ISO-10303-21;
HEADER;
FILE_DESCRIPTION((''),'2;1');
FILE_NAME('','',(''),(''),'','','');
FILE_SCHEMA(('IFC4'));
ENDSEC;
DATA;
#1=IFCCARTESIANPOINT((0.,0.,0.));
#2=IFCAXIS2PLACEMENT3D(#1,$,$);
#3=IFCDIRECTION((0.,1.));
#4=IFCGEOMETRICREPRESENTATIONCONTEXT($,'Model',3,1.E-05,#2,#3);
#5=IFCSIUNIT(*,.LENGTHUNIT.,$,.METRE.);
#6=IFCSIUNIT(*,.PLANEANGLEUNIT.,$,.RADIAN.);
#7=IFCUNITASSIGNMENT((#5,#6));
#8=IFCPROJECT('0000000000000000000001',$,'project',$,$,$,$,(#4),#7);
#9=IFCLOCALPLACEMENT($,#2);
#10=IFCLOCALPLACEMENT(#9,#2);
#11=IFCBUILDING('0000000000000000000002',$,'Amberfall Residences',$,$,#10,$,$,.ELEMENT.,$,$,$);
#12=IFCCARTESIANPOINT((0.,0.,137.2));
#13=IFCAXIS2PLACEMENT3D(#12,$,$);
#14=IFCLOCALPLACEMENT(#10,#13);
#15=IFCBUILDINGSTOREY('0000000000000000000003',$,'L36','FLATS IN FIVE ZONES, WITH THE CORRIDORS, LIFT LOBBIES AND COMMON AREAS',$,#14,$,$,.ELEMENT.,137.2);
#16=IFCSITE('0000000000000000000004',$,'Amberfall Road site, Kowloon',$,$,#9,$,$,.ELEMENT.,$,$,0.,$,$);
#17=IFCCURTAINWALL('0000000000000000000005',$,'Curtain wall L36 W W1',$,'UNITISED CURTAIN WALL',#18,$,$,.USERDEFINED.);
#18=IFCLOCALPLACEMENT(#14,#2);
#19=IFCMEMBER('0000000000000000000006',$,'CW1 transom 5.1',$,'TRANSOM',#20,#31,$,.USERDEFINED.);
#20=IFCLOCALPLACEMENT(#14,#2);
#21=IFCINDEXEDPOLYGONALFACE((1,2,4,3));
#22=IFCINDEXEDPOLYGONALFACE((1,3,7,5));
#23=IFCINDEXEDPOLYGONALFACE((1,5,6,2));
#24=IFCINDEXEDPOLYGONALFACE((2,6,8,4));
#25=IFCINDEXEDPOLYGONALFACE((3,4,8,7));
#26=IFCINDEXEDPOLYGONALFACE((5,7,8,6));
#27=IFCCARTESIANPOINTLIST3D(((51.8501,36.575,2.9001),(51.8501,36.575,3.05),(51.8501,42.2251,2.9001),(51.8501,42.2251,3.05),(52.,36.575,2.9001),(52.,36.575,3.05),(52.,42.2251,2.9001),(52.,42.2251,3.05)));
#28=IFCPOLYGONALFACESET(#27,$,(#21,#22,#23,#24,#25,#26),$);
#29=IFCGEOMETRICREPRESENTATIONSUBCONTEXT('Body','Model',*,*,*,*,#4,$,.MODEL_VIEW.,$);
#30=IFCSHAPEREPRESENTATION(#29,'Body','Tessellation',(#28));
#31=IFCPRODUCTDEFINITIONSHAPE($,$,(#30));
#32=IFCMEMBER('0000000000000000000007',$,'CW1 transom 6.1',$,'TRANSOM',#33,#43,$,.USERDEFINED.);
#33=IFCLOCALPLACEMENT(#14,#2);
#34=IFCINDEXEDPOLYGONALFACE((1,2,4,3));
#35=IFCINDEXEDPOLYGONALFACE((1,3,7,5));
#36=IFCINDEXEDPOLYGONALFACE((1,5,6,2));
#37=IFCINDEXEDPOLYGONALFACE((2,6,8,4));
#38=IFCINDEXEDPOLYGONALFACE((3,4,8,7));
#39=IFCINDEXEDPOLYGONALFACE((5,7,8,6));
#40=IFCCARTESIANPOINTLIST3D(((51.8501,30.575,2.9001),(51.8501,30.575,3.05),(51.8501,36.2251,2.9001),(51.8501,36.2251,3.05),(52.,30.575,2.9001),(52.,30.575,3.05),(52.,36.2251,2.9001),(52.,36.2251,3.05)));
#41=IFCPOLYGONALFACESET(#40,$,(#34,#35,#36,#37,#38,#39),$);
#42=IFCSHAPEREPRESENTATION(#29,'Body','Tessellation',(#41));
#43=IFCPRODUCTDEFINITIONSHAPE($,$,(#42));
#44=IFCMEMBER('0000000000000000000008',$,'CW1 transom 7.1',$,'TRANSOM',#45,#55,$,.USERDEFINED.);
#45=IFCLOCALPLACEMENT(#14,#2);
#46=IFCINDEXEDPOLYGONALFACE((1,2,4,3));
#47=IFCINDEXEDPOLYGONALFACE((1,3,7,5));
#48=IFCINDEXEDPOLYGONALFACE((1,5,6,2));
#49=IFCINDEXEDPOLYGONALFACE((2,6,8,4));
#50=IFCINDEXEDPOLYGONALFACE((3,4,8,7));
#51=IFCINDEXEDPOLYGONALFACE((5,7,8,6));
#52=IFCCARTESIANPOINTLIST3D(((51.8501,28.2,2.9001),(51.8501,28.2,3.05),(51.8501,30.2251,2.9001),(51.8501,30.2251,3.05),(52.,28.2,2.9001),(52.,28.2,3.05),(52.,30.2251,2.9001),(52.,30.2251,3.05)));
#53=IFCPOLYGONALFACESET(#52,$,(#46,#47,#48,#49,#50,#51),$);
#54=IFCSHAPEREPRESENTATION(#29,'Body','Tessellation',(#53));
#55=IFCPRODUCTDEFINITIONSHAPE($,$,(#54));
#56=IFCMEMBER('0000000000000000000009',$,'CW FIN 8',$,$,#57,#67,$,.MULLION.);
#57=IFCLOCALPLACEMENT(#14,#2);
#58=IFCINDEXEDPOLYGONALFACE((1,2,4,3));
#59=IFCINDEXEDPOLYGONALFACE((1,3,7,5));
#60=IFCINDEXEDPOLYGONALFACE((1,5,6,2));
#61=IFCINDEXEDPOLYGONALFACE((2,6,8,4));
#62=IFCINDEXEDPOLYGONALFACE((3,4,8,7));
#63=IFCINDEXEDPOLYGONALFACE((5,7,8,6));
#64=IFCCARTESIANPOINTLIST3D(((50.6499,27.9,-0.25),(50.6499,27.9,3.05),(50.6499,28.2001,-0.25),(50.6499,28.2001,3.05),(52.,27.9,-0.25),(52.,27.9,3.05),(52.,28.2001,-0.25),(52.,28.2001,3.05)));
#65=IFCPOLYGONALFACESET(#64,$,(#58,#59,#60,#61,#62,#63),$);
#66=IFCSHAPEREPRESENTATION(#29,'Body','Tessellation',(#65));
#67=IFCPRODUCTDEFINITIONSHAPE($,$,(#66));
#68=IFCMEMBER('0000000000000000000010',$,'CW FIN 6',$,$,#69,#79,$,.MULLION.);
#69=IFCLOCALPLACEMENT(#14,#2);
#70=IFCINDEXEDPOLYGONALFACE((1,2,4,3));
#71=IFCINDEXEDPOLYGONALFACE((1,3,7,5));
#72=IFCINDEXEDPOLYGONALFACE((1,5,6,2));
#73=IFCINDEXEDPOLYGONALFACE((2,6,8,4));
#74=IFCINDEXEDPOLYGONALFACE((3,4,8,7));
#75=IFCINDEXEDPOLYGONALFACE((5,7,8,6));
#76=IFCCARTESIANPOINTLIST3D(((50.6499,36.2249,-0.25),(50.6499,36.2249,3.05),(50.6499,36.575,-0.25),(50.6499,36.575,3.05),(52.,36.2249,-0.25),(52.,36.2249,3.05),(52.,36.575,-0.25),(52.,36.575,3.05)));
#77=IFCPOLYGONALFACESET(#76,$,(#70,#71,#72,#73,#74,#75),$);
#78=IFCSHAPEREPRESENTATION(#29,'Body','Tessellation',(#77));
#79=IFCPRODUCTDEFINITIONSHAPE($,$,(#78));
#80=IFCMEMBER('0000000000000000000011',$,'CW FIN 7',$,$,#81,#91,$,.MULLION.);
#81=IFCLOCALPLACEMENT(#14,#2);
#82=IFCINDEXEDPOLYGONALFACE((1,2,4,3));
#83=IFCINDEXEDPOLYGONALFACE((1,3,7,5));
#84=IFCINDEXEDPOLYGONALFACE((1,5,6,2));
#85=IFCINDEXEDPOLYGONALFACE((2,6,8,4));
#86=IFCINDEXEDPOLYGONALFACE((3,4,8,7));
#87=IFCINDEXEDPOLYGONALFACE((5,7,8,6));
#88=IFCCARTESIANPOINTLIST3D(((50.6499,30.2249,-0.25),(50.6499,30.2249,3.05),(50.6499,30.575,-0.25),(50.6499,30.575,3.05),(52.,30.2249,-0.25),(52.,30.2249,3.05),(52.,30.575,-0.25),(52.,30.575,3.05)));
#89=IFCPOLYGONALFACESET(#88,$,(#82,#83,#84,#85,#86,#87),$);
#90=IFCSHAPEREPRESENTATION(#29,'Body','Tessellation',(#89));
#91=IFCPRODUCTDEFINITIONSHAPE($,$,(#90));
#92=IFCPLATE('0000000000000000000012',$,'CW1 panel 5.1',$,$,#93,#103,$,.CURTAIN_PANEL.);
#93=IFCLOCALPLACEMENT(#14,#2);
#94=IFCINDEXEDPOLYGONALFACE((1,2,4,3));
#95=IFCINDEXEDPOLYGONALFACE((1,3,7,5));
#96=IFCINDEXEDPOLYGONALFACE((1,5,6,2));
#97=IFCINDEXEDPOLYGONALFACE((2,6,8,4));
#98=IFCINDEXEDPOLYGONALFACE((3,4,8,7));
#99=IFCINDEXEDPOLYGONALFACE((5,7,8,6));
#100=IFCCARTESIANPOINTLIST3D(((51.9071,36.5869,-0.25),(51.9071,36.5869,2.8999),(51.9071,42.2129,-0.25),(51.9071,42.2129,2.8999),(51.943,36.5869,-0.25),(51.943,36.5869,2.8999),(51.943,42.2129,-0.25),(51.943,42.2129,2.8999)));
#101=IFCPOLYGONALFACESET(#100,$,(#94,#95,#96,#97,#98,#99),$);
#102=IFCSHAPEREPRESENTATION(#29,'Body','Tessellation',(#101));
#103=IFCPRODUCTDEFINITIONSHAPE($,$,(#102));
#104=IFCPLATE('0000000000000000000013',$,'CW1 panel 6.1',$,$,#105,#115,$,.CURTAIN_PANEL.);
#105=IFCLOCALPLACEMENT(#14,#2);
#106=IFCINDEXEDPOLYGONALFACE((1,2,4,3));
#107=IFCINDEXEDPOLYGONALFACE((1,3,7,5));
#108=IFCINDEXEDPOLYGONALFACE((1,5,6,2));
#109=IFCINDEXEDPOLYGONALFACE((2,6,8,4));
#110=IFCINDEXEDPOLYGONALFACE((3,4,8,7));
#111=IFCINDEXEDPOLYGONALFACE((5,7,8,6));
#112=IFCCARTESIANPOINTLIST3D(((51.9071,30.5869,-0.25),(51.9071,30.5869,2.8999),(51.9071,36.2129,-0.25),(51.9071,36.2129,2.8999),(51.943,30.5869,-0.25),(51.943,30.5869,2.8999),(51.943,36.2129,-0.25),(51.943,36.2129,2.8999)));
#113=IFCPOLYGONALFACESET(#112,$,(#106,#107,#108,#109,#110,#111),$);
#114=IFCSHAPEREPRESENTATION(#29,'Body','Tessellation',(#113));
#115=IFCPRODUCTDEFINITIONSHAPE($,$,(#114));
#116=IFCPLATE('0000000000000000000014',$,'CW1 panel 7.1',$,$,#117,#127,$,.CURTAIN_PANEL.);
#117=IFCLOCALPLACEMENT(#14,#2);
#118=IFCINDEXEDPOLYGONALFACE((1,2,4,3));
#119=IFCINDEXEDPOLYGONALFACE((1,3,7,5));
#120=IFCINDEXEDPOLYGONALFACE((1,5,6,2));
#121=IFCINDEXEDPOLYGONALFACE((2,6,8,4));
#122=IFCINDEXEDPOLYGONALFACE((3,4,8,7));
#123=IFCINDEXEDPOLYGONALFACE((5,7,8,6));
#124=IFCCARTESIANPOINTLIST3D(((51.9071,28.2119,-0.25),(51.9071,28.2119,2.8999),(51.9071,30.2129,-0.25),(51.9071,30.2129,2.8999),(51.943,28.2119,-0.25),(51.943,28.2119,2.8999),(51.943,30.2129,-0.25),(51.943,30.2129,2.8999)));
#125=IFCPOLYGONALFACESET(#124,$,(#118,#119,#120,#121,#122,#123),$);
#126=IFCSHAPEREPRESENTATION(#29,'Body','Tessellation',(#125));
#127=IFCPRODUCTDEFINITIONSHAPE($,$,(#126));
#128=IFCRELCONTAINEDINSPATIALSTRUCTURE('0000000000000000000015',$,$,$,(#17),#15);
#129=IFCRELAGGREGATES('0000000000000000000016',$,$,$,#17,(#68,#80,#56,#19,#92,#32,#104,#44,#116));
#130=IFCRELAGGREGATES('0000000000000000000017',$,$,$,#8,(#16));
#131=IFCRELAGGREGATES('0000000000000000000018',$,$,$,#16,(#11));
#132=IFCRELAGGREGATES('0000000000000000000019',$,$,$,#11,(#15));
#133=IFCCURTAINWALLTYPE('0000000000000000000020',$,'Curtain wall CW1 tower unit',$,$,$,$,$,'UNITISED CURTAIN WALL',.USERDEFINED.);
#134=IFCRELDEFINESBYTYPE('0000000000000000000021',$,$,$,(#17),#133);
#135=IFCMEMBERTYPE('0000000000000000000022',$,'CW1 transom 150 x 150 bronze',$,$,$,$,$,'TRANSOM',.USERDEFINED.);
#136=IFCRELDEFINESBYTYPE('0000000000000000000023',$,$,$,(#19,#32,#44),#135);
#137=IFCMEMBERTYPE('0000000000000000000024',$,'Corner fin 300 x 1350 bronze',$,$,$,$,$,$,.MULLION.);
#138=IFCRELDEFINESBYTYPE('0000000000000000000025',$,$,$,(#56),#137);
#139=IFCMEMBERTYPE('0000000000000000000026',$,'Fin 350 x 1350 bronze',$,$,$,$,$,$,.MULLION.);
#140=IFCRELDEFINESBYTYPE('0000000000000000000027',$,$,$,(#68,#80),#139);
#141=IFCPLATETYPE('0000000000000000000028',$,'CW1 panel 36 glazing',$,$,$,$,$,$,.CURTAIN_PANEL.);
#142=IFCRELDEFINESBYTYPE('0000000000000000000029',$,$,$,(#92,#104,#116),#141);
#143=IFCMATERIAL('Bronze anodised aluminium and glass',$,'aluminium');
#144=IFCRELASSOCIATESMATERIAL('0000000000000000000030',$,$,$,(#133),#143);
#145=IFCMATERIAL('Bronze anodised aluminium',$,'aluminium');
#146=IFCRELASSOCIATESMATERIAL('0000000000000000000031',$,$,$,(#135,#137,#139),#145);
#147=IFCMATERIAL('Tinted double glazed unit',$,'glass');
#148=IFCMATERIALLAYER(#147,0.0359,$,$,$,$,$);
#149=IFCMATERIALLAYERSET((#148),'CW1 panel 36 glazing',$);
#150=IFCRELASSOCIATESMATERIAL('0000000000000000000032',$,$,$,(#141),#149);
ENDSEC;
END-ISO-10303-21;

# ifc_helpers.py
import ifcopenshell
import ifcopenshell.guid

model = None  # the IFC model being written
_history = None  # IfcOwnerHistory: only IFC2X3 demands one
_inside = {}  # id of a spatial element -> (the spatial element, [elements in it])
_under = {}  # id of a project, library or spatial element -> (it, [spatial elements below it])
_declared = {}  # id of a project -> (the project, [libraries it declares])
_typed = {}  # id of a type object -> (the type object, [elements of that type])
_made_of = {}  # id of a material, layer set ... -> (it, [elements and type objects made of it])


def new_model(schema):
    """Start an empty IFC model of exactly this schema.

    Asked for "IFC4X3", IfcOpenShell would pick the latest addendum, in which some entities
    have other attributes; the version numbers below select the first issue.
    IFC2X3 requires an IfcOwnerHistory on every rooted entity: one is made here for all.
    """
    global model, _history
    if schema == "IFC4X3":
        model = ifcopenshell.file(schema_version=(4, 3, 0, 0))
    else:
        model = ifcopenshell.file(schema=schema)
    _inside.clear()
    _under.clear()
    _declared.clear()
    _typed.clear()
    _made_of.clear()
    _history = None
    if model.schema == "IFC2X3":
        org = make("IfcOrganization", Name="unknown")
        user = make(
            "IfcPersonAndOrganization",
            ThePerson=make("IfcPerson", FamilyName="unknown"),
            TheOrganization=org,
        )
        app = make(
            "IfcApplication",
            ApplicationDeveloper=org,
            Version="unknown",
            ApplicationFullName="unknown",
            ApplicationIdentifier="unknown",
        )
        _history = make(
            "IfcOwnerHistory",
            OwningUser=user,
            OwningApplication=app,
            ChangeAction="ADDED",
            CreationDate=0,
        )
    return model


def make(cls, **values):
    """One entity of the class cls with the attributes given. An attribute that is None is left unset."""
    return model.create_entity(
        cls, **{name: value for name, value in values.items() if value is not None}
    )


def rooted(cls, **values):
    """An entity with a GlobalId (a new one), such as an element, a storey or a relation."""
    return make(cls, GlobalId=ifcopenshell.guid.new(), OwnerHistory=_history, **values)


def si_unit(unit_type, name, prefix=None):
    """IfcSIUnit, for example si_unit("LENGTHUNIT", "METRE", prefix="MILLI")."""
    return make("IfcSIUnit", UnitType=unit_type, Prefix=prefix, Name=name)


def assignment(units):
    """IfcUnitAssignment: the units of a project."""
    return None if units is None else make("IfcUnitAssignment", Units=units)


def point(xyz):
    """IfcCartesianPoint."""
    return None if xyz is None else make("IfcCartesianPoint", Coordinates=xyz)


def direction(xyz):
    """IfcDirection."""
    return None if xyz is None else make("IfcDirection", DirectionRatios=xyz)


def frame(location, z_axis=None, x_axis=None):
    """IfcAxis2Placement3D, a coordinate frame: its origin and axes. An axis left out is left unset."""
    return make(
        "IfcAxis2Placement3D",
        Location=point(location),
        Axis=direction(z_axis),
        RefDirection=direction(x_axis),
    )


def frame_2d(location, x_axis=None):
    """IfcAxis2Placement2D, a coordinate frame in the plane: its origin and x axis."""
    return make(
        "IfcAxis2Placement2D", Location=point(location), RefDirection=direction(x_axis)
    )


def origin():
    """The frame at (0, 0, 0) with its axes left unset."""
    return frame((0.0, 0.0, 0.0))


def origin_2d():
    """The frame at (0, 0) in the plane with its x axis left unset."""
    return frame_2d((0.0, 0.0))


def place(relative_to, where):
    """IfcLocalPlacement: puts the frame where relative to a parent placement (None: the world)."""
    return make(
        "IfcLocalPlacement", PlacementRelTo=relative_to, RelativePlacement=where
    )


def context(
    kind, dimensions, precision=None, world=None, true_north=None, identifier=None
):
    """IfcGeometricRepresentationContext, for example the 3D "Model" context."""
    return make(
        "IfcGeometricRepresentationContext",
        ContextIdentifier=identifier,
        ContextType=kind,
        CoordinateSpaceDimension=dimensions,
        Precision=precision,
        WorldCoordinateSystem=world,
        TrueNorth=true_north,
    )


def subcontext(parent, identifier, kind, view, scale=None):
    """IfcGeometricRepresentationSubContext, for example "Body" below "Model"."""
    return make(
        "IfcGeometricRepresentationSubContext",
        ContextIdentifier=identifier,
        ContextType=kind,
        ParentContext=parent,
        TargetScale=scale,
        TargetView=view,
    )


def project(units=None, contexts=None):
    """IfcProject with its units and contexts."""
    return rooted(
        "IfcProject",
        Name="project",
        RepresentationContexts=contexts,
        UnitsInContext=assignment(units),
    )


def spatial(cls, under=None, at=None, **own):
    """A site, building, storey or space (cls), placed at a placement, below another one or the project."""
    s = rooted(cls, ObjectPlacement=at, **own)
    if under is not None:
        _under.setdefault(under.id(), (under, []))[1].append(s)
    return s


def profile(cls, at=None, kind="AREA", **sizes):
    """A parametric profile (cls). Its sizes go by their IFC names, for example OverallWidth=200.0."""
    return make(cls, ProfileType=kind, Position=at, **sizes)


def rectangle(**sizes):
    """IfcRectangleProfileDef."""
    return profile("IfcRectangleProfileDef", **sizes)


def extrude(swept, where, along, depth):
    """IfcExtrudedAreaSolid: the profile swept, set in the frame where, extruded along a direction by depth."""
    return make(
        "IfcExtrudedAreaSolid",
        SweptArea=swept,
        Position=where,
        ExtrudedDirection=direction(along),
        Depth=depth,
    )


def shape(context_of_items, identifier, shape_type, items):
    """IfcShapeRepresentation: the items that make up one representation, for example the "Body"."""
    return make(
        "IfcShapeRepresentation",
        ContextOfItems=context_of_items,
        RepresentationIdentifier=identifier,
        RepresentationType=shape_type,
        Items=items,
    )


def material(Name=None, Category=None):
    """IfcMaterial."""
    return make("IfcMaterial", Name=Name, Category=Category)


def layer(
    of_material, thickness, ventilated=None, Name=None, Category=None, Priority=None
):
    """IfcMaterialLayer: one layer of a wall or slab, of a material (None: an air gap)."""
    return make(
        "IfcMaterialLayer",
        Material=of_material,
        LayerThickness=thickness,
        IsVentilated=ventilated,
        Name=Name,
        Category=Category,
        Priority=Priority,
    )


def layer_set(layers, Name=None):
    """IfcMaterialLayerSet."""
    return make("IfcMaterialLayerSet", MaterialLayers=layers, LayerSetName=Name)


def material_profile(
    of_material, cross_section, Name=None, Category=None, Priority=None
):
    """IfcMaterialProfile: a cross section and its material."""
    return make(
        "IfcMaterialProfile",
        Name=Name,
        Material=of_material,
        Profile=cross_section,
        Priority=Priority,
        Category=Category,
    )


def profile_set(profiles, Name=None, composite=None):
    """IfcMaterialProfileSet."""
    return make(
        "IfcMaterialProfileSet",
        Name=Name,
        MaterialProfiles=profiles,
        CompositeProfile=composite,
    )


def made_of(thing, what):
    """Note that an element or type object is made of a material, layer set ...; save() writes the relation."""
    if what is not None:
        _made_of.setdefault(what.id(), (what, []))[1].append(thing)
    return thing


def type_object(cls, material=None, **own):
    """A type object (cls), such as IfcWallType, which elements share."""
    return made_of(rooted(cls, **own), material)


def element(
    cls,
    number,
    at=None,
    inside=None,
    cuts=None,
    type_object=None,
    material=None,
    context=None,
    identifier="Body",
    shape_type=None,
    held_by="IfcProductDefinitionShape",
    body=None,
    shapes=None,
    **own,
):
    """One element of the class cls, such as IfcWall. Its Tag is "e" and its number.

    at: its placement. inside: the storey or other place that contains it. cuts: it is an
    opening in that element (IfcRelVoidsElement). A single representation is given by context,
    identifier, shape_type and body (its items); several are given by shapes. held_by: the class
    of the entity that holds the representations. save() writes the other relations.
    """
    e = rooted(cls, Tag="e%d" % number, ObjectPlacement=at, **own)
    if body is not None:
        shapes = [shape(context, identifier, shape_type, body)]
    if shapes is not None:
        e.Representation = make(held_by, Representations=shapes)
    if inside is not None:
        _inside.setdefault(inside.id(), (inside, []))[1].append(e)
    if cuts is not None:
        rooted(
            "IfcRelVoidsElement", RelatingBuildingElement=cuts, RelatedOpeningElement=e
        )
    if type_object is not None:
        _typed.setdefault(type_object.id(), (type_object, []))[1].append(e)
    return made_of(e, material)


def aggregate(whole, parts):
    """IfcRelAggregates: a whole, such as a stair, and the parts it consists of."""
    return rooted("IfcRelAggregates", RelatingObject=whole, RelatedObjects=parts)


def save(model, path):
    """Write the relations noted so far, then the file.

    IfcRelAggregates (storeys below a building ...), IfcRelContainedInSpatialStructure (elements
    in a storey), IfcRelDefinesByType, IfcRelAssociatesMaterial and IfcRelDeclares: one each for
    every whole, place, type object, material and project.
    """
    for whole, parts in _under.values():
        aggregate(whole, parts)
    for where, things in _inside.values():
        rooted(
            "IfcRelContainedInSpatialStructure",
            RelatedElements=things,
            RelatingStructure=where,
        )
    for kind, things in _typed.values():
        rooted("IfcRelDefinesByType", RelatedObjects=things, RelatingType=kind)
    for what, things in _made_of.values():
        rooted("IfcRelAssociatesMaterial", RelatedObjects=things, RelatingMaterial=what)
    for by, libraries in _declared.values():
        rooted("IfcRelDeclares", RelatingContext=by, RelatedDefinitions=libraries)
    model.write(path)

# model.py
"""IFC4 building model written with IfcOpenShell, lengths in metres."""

from ifc_helpers import new_model, si_unit, direction, frame, origin, origin_2d, place, context, subcontext, project, spatial, rectangle, extrude, material, layer, layer_set, material_profile, profile_set, type_object, element, aggregate, save


model = new_model("IFC4")

# Units and contexts
model_context = context("Model", 3, precision=1e-05, world=origin(), true_north=direction((0.0, 1.0)))
body_context = subcontext(model_context, "Body", "Model", "MODEL_VIEW")
ifc_project = project(units=[si_unit("LENGTHUNIT", "METRE"), si_unit("PLANEANGLEUNIT", "RADIAN")], contexts=[model_context])

# Site, building, storey
site_placement = place(None, origin())
site = spatial("IfcSite", under=ifc_project, at=site_placement, Name="Amberfall Road site, Kowloon", CompositionType="ELEMENT", RefElevation=0.0)
building_placement = place(site_placement, origin())
building = spatial("IfcBuilding", under=site, at=building_placement, Name="Amberfall Residences", CompositionType="ELEMENT")
storey_placement = place(building_placement, frame((0.0, 0.0, 137.2)))
storey = spatial("IfcBuildingStorey", under=building, at=storey_placement, Name="L36", Description="FLATS IN FIVE ZONES, WITH THE CORRIDORS, LIFT LOBBIES AND COMMON AREAS", CompositionType="ELEMENT", Elevation=137.2)

# Curtain wall, members, plates
ifc_material_1 = material(Name="Bronze anodised aluminium and glass", Category="aluminium")
curtain_wall_type = type_object("IfcCurtainWallType", Name="Curtain wall CW1 tower unit", ElementType="UNITISED CURTAIN WALL", PredefinedType="USERDEFINED", material=ifc_material_1)
curtain_wall_placement = place(storey_placement, origin())
curtain_wall = element("IfcCurtainWall", 1, at=curtain_wall_placement, inside=storey, type_object=curtain_wall_type, Name="Curtain wall L36 W W1", ObjectType="UNITISED CURTAIN WALL", PredefinedType="USERDEFINED")
ifc_material_2 = material(Name="Bronze anodised aluminium", Category="aluminium")
ifc_material_profile_1 = material_profile(ifc_material_2, rectangle(XDim=0.1499, YDim=0.1499, at=origin_2d()), Name="CW1 transom 150 x 150 bronze")
ifc_profile_set_1 = profile_set([ifc_material_profile_1], Name="Bronze anodised aluminium")
member_type_1 = type_object("IfcMemberType", Name="CW1 transom 150 x 150 bronze", ElementType="TRANSOM", PredefinedType="USERDEFINED", material=ifc_profile_set_1)
member_1_placement = place(storey_placement, frame((51.925, 42.2251, 2.9751), z_axis=(0.0, -1.0, 0.0), x_axis=(1.0, 0.0, 0.0)))
member_1 = element("IfcMember", 2, at=member_1_placement, type_object=member_type_1, Name="CW1 transom 5.1", ObjectType="TRANSOM", PredefinedType="USERDEFINED", context=body_context, shape_type="SweptSolid", body=[
    extrude(rectangle(XDim=0.1499, YDim=0.1499, at=origin_2d()), origin(), (0.0, 0.0, 1.0), 5.6501),
])
member_2_placement = place(storey_placement, frame((51.925, 36.2251, 2.9751), z_axis=(0.0, -1.0, 0.0), x_axis=(1.0, 0.0, 0.0)))
member_2 = element("IfcMember", 3, at=member_2_placement, type_object=member_type_1, Name="CW1 transom 6.1", ObjectType="TRANSOM", PredefinedType="USERDEFINED", context=body_context, shape_type="SweptSolid", body=[
    extrude(rectangle(XDim=0.1499, YDim=0.1499, at=origin_2d()), origin(), (0.0, 0.0, 1.0), 5.6501),
])
member_3_placement = place(storey_placement, frame((51.925, 30.2251, 2.9751), z_axis=(0.0, -1.0, 0.0), x_axis=(1.0, 0.0, 0.0)))
member_3 = element("IfcMember", 4, at=member_3_placement, type_object=member_type_1, Name="CW1 transom 7.1", ObjectType="TRANSOM", PredefinedType="USERDEFINED", context=body_context, shape_type="SweptSolid", body=[
    extrude(rectangle(XDim=0.1499, YDim=0.1499, at=origin_2d()), origin(), (0.0, 0.0, 1.0), 2.0251),
])
ifc_material_profile_2 = material_profile(ifc_material_2, rectangle(XDim=1.3501, YDim=0.3, at=origin_2d()), Name="Corner fin 300 x 1350 bronze")
ifc_profile_set_2 = profile_set([ifc_material_profile_2], Name="Bronze anodised aluminium")
member_type_2 = type_object("IfcMemberType", Name="Corner fin 300 x 1350 bronze", PredefinedType="MULLION", material=ifc_profile_set_2)
member_4_placement = place(storey_placement, frame((51.325, 28.05, -0.25), z_axis=(0.0, 0.0, 1.0), x_axis=(1.0, 0.0, 0.0)))
member_4 = element("IfcMember", 5, at=member_4_placement, type_object=member_type_2, Name="CW FIN 8", PredefinedType="MULLION", context=body_context, shape_type="SweptSolid", body=[
    extrude(rectangle(XDim=1.3501, YDim=0.3, at=origin_2d()), origin(), (0.0, 0.0, 1.0), 3.3),
])
ifc_material_profile_3 = material_profile(ifc_material_2, rectangle(XDim=1.3501, YDim=0.3501, at=origin_2d()), Name="Fin 350 x 1350 bronze")
ifc_profile_set_3 = profile_set([ifc_material_profile_3], Name="Bronze anodised aluminium")
member_type_3 = type_object("IfcMemberType", Name="Fin 350 x 1350 bronze", PredefinedType="MULLION", material=ifc_profile_set_3)
member_5_placement = place(storey_placement, frame((51.325, 36.3999, -0.25), z_axis=(0.0, 0.0, 1.0), x_axis=(1.0, 0.0, 0.0)))
member_5 = element("IfcMember", 6, at=member_5_placement, type_object=member_type_3, Name="CW FIN 6", PredefinedType="MULLION", context=body_context, shape_type="SweptSolid", body=[
    extrude(rectangle(XDim=1.3501, YDim=0.3501, at=origin_2d()), origin(), (0.0, 0.0, 1.0), 3.3),
])
member_6_placement = place(storey_placement, frame((51.325, 30.3999, -0.25), z_axis=(0.0, 0.0, 1.0), x_axis=(1.0, 0.0, 0.0)))
member_6 = element("IfcMember", 7, at=member_6_placement, type_object=member_type_3, Name="CW FIN 7", PredefinedType="MULLION", context=body_context, shape_type="SweptSolid", body=[
    extrude(rectangle(XDim=1.3501, YDim=0.3501, at=origin_2d()), origin(), (0.0, 0.0, 1.0), 3.3),
])
ifc_material_3 = material(Name="Tinted double glazed unit", Category="glass")
ifc_layer_1 = layer(ifc_material_3, 0.0359)
ifc_layer_set_1 = layer_set([ifc_layer_1], Name="CW1 panel 36 glazing")
plate_type = type_object("IfcPlateType", Name="CW1 panel 36 glazing", PredefinedType="CURTAIN_PANEL", material=ifc_layer_set_1)
plate_1_placement = place(storey_placement, frame((51.925, 39.3999, -0.25), z_axis=(0.0, 0.0, 1.0), x_axis=(0.0, -1.0, 0.0)))
plate_1 = element("IfcPlate", 8, at=plate_1_placement, type_object=plate_type, Name="CW1 panel 5.1", PredefinedType="CURTAIN_PANEL", context=body_context, shape_type="SweptSolid", body=[
    extrude(rectangle(XDim=5.626, YDim=0.0359, at=origin_2d()), origin(), (0.0, 0.0, 1.0), 3.1499),
])
plate_2_placement = place(storey_placement, frame((51.925, 33.3999, -0.25), z_axis=(0.0, 0.0, 1.0), x_axis=(0.0, -1.0, 0.0)))
plate_2 = element("IfcPlate", 9, at=plate_2_placement, type_object=plate_type, Name="CW1 panel 6.1", PredefinedType="CURTAIN_PANEL", context=body_context, shape_type="SweptSolid", body=[
    extrude(rectangle(XDim=5.626, YDim=0.0359, at=origin_2d()), origin(), (0.0, 0.0, 1.0), 3.1499),
])
plate_3_placement = place(storey_placement, frame((51.925, 29.2124, -0.25), z_axis=(0.0, 0.0, 1.0), x_axis=(0.0, -1.0, 0.0)))
plate_3 = element("IfcPlate", 10, at=plate_3_placement, type_object=plate_type, Name="CW1 panel 7.1", PredefinedType="CURTAIN_PANEL", context=body_context, shape_type="SweptSolid", body=[
    extrude(rectangle(XDim=2.001, YDim=0.0359, at=origin_2d()), origin(), (0.0, 0.0, 1.0), 3.1499),
])
aggregate(curtain_wall, [member_5, member_6, member_4, member_1, plate_1, member_2, plate_2, member_3, plate_3])

save(model, "model.ifc")
